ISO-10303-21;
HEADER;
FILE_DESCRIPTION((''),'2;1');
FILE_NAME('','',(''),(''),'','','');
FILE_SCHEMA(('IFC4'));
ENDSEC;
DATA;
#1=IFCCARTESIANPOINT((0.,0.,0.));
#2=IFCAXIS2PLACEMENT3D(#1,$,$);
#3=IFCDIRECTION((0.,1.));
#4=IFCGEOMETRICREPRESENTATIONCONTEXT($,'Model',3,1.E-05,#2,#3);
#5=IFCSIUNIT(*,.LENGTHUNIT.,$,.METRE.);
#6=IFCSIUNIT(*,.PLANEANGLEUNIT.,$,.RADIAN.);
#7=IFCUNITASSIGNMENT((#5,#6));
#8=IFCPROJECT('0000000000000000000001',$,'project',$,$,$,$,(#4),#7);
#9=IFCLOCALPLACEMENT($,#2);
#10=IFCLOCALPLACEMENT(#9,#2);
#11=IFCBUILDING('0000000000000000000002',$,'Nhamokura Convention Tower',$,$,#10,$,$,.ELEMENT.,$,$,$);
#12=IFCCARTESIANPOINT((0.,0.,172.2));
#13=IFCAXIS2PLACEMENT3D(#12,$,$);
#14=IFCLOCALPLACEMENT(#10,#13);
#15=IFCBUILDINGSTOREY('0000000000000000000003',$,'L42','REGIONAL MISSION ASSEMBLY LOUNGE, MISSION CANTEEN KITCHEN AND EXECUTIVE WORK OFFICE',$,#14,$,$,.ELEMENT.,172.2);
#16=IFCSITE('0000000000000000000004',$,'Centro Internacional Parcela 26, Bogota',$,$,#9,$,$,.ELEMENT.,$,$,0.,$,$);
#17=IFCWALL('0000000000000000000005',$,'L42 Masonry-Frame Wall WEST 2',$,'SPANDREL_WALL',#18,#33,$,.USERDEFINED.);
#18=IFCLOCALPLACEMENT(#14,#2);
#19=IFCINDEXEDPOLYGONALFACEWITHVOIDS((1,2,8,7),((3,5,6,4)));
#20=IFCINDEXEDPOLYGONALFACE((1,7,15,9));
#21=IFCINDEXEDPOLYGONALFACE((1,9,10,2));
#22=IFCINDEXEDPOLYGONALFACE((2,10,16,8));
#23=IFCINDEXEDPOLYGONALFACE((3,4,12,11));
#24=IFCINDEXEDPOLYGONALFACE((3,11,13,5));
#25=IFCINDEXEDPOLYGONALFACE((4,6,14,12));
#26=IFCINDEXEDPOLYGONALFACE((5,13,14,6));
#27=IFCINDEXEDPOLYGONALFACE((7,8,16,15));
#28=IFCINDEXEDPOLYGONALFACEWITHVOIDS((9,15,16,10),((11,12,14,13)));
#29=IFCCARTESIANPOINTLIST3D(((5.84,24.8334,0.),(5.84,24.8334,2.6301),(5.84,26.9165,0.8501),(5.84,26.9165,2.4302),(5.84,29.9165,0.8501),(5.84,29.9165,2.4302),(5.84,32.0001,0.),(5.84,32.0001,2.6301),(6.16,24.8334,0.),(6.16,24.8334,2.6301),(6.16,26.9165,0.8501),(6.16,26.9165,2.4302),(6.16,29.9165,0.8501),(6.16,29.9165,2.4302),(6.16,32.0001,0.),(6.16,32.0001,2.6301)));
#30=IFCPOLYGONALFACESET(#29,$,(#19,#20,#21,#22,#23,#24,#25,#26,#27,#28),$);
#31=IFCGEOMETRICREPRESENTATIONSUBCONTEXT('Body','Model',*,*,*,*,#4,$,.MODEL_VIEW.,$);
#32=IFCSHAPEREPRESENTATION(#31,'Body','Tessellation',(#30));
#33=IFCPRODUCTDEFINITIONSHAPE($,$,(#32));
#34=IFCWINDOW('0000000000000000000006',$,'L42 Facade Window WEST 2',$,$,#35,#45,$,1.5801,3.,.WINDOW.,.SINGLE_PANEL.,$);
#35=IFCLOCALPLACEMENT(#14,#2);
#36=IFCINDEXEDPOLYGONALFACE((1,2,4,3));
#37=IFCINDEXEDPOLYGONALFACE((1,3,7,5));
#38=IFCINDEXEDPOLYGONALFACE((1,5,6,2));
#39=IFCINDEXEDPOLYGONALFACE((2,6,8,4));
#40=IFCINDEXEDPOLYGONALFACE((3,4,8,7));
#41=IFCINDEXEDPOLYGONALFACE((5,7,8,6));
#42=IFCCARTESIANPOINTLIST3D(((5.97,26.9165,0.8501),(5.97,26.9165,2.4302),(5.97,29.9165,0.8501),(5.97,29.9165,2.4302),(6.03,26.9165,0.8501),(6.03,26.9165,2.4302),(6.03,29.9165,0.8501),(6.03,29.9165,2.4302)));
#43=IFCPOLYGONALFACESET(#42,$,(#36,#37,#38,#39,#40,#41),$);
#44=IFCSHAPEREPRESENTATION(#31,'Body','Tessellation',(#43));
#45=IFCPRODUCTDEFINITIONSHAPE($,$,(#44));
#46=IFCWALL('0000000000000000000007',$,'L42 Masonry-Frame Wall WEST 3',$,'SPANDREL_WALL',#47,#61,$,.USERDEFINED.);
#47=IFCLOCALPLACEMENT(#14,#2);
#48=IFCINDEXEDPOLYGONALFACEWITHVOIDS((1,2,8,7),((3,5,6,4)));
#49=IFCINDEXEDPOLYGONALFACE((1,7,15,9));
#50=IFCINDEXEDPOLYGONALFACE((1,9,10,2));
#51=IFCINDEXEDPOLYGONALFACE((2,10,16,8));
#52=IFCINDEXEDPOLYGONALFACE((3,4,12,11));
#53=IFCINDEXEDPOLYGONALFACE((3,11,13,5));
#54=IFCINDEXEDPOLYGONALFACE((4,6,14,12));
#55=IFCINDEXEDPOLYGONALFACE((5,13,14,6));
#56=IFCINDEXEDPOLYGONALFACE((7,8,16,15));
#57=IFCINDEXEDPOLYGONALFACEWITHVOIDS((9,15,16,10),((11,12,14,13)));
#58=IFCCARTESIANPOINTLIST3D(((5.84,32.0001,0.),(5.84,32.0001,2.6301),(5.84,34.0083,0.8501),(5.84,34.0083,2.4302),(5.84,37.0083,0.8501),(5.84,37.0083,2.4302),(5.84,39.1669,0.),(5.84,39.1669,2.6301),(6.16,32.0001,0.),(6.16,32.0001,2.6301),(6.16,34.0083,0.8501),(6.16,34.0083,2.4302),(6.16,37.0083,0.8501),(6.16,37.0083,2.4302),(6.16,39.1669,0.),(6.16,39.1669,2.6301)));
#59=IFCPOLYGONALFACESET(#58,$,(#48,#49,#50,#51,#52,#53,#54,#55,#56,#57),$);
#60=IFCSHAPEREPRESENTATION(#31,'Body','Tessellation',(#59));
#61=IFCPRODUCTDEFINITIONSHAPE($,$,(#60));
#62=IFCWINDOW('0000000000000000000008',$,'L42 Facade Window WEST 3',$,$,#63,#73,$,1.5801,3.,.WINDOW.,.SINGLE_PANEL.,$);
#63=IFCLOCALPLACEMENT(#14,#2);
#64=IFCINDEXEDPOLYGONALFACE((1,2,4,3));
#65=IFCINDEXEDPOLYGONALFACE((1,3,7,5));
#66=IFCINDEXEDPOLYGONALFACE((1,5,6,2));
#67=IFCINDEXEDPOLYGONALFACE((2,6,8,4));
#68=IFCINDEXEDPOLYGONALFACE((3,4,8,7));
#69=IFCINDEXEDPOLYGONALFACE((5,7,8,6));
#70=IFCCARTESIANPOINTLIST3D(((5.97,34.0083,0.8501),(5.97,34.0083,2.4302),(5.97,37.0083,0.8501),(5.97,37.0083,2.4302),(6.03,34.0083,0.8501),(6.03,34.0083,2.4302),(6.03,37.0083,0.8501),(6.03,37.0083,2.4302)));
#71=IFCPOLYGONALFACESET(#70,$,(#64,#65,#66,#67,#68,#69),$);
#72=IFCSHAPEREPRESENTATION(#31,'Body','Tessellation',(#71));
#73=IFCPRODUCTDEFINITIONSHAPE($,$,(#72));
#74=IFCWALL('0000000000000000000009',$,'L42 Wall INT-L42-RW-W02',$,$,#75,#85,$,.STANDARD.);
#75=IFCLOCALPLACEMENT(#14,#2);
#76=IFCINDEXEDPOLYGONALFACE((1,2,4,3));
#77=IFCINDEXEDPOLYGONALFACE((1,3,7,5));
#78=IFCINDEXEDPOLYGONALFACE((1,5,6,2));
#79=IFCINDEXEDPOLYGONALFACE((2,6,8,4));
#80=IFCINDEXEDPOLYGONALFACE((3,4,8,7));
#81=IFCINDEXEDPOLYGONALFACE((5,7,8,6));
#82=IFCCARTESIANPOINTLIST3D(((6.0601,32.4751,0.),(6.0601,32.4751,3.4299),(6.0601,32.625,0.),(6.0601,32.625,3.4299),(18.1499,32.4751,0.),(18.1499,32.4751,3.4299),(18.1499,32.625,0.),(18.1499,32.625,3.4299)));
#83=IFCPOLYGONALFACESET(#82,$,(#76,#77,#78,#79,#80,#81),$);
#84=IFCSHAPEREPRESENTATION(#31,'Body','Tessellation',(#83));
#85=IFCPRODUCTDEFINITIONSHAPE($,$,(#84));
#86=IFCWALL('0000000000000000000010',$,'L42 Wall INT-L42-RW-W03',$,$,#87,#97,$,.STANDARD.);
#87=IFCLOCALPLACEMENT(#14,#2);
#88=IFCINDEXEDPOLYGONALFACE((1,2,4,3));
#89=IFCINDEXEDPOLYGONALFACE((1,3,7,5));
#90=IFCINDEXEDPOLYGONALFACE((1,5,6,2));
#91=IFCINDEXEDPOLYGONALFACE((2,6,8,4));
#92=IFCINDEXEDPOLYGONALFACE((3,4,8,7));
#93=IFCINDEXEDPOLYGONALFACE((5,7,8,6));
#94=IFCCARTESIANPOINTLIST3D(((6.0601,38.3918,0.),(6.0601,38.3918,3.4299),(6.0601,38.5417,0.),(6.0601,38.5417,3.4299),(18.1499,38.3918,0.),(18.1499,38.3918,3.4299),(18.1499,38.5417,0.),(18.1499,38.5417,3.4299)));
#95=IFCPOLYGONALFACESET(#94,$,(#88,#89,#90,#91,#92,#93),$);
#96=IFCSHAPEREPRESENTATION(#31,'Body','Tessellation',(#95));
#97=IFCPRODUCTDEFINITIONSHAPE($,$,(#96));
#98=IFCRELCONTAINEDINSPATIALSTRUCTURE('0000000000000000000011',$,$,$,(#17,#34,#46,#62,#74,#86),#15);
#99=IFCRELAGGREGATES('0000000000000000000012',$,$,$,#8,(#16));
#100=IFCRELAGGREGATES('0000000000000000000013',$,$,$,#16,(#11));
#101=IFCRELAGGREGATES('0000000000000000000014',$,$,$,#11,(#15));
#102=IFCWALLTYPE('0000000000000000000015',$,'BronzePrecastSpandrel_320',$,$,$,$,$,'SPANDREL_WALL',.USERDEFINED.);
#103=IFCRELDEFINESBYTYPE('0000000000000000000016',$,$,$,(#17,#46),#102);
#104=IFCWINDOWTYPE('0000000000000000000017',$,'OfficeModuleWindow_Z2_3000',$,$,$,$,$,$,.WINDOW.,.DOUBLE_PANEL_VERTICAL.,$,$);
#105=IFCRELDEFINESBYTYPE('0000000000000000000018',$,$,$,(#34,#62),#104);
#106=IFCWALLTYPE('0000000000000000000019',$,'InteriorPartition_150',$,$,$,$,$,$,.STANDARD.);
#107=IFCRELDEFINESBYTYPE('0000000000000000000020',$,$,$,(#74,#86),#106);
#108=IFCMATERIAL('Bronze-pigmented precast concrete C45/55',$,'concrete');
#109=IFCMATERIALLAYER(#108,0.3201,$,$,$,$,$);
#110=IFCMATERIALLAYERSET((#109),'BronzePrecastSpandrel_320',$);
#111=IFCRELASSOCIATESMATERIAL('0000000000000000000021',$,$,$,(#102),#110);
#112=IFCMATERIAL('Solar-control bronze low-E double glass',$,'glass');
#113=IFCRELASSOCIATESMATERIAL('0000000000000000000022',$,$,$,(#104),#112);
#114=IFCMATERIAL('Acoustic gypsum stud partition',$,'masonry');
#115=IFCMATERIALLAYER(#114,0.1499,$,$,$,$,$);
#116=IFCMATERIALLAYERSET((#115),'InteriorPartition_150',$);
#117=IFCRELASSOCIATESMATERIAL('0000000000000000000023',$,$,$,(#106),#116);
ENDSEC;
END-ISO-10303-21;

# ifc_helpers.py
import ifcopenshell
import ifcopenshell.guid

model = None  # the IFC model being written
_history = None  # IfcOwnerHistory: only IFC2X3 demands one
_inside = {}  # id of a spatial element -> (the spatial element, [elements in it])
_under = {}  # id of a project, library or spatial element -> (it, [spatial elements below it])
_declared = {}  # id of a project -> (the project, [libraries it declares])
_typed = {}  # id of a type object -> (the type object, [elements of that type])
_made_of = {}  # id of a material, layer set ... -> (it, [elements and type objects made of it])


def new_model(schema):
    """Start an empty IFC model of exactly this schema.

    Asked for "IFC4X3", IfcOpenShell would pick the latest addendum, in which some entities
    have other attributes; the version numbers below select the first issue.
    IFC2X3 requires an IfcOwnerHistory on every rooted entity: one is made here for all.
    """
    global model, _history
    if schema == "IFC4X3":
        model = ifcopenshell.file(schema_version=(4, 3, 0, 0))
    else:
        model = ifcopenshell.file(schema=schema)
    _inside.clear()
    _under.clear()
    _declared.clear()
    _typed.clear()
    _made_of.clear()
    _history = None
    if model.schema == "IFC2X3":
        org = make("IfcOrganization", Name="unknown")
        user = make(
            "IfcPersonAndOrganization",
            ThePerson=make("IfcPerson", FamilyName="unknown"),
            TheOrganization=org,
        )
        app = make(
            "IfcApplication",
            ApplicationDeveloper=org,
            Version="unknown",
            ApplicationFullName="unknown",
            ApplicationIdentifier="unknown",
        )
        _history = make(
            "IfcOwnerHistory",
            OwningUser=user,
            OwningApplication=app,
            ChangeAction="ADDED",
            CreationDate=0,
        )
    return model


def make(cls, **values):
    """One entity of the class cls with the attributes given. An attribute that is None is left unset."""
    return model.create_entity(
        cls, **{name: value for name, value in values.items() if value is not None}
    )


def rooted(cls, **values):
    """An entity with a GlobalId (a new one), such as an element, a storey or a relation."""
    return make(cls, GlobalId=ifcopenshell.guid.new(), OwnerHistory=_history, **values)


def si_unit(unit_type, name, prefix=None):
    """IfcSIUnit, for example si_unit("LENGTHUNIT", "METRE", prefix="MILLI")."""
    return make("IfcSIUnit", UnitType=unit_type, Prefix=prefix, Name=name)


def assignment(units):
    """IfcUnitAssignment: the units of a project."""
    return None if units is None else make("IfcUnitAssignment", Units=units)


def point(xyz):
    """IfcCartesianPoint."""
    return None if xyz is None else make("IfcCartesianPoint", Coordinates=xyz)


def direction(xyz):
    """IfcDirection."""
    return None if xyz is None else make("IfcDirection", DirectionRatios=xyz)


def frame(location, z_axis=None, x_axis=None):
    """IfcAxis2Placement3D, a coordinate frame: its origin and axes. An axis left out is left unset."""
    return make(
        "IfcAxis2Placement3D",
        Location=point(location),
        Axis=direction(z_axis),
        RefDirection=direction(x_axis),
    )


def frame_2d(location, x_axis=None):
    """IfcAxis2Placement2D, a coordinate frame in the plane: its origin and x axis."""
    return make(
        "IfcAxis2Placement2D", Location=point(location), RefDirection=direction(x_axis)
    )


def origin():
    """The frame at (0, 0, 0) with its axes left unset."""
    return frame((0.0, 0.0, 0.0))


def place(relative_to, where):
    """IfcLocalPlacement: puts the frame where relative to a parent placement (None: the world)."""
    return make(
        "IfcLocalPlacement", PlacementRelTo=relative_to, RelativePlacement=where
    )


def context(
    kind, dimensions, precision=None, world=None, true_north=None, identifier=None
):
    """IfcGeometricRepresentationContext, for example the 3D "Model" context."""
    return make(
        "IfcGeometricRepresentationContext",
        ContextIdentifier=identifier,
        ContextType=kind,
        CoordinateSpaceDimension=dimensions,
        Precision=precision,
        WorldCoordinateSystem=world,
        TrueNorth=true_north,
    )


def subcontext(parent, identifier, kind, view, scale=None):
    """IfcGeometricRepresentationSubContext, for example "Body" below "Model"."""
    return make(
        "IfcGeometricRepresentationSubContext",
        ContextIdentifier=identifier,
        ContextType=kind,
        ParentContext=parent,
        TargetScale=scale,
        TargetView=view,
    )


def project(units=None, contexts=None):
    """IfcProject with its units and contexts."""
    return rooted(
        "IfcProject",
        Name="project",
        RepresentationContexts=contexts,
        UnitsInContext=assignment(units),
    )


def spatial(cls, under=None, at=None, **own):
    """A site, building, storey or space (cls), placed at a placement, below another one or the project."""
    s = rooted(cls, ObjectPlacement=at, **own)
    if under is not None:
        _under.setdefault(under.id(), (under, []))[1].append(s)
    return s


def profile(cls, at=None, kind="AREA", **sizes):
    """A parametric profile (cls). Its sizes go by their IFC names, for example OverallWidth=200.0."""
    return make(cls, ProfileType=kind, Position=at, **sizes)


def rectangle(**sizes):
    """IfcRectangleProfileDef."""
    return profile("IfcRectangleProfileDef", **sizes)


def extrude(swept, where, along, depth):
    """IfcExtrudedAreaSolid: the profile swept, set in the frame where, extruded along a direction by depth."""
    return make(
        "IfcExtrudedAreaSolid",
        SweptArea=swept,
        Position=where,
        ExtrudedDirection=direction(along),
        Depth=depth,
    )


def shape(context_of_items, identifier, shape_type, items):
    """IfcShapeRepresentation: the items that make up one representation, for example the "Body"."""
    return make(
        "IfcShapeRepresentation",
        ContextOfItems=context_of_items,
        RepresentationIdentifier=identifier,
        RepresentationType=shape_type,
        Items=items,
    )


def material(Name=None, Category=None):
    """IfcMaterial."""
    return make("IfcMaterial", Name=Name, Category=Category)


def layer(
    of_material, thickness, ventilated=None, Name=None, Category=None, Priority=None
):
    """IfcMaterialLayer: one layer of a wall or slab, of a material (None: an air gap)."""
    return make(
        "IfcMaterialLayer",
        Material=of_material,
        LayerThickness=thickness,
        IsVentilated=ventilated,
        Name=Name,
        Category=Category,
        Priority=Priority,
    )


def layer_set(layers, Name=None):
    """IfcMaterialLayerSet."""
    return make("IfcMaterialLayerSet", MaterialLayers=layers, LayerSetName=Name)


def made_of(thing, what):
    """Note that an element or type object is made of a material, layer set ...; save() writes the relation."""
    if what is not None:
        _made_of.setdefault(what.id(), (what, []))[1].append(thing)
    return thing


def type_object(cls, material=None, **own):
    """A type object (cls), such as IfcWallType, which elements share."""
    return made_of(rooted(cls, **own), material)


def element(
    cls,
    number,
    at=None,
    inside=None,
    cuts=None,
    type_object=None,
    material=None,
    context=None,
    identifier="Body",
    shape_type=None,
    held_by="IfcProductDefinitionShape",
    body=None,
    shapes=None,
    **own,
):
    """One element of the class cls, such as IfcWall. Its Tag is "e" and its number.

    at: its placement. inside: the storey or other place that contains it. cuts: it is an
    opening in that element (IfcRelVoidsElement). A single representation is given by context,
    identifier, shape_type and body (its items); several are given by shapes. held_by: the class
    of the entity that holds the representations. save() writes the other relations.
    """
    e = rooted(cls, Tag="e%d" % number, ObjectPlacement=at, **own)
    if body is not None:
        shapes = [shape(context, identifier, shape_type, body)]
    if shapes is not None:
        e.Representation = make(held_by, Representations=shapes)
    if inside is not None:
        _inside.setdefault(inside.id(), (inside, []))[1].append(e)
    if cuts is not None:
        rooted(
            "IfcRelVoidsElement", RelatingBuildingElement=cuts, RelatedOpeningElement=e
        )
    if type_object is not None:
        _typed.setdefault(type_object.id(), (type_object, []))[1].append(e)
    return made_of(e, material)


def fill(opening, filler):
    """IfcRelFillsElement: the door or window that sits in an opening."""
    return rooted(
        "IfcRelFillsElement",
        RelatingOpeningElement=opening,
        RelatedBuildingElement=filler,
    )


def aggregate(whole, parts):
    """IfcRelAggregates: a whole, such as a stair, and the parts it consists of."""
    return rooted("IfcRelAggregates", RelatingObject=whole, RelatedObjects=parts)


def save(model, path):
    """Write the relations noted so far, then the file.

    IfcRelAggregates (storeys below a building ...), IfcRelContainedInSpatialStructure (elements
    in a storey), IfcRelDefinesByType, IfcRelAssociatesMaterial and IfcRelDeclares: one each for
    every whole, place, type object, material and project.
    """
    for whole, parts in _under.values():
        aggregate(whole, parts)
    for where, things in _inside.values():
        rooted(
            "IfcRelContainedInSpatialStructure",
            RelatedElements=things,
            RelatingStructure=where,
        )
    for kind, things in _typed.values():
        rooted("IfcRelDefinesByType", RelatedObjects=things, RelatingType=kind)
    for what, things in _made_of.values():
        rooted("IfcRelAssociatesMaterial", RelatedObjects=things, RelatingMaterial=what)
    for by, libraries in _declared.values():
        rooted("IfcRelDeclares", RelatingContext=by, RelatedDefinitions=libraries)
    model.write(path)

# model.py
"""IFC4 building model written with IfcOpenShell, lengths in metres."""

from ifc_helpers import new_model, si_unit, direction, frame, frame_2d, origin, place, context, subcontext, project, spatial, rectangle, extrude, material, layer, layer_set, type_object, element, fill, save


model = new_model("IFC4")

# Units and contexts
model_context = context("Model", 3, precision=1e-05, world=origin(), true_north=direction((0.0, 1.0)))
body_context = subcontext(model_context, "Body", "Model", "MODEL_VIEW")
ifc_project = project(units=[si_unit("LENGTHUNIT", "METRE"), si_unit("PLANEANGLEUNIT", "RADIAN")], contexts=[model_context])

# Site, building, storey
site_placement = place(None, origin())
site = spatial("IfcSite", under=ifc_project, at=site_placement, Name="Centro Internacional Parcela 26, Bogota", CompositionType="ELEMENT", RefElevation=0.0)
building_placement = place(site_placement, origin())
building = spatial("IfcBuilding", under=site, at=building_placement, Name="Nhamokura Convention Tower", CompositionType="ELEMENT")
storey_placement = place(building_placement, frame((0.0, 0.0, 172.2)))
storey = spatial("IfcBuildingStorey", under=building, at=storey_placement, Name="L42", Description="REGIONAL MISSION ASSEMBLY LOUNGE, MISSION CANTEEN KITCHEN AND EXECUTIVE WORK OFFICE", CompositionType="ELEMENT", Elevation=172.2)

# Shared definitions
ifc_material_1 = material(Name="Bronze-pigmented precast concrete C45/55", Category="concrete")
ifc_layer_1 = layer(ifc_material_1, 0.3201)
ifc_layer_set_1 = layer_set([ifc_layer_1], Name="BronzePrecastSpandrel_320")
wall_type_1 = type_object("IfcWallType", Name="BronzePrecastSpandrel_320", ElementType="SPANDREL_WALL", PredefinedType="USERDEFINED", material=ifc_layer_set_1)

# Walls, openings, windows
wall_1_placement = place(storey_placement, frame((6.0, 24.8333, 0.0), z_axis=(0.0, 0.0, 1.0), x_axis=(0.0, 1.0, 0.0)))
wall_1 = element("IfcWall", 1, at=wall_1_placement, inside=storey, type_object=wall_type_1, Name="L42 Masonry-Frame Wall WEST 2", ObjectType="SPANDREL_WALL", PredefinedType="USERDEFINED", context=body_context, shape_type="SweptSolid", body=[
    extrude(rectangle(XDim=7.1667, YDim=0.3201, at=frame_2d((3.5835, 0.0))), origin(), (0.0, 0.0, 1.0), 2.6301),
])
opening_1_placement = place(wall_1_placement, frame((2.0833, 0.0, 0.8501)))
opening_1 = element("IfcOpeningElement", 2, at=opening_1_placement, cuts=wall_1, PredefinedType="OPENING", context=body_context, shape_type="SweptSolid", body=[
    extrude(rectangle(XDim=3.0, YDim=1.5801, at=frame_2d((1.5, 0.79))), frame((0.0, 0.1699, 0.0), z_axis=(0.0, -1.0, 0.0), x_axis=(1.0, 0.0, 0.0)), (0.0, 0.0, 1.0), 0.3401),
])
ifc_material_2 = material(Name="Solar-control bronze low-E double glass", Category="glass")
window_type = type_object("IfcWindowType", Name="OfficeModuleWindow_Z2_3000", PartitioningType="DOUBLE_PANEL_VERTICAL", PredefinedType="WINDOW", material=ifc_material_2)
window_1_placement = place(opening_1_placement, origin())
window_1 = element("IfcWindow", 3, at=window_1_placement, inside=storey, type_object=window_type, Name="L42 Facade Window WEST 2", OverallHeight=1.5801, OverallWidth=3.0, PartitioningType="SINGLE_PANEL", PredefinedType="WINDOW", context=body_context, shape_type="SweptSolid", body=[
    extrude(rectangle(XDim=3.0, YDim=1.5801, at=frame_2d((1.5, 0.79))), frame((0.0, 0.03, 0.0), z_axis=(0.0, -1.0, 0.0), x_axis=(1.0, 0.0, 0.0)), (0.0, 0.0, 1.0), 0.0601),
])
fill(opening_1, window_1)
wall_2_placement = place(storey_placement, frame((6.0, 32.0, 0.0), z_axis=(0.0, 0.0, 1.0), x_axis=(0.0, 1.0, 0.0)))
wall_2 = element("IfcWall", 4, at=wall_2_placement, inside=storey, type_object=wall_type_1, Name="L42 Masonry-Frame Wall WEST 3", ObjectType="SPANDREL_WALL", PredefinedType="USERDEFINED", context=body_context, shape_type="SweptSolid", body=[
    extrude(rectangle(XDim=7.1667, YDim=0.3201, at=frame_2d((3.5835, 0.0))), origin(), (0.0, 0.0, 1.0), 2.6301),
])
opening_2_placement = place(wall_2_placement, frame((2.0083, 0.0, 0.8501)))
opening_2 = element("IfcOpeningElement", 5, at=opening_2_placement, cuts=wall_2, PredefinedType="OPENING", context=body_context, shape_type="SweptSolid", body=[
    extrude(rectangle(XDim=3.0, YDim=1.5801, at=frame_2d((1.5, 0.79))), frame((0.0, 0.1699, 0.0), z_axis=(0.0, -1.0, 0.0), x_axis=(1.0, 0.0, 0.0)), (0.0, 0.0, 1.0), 0.3401),
])
window_2_placement = place(opening_2_placement, origin())
window_2 = element("IfcWindow", 6, at=window_2_placement, inside=storey, type_object=window_type, Name="L42 Facade Window WEST 3", OverallHeight=1.5801, OverallWidth=3.0, PartitioningType="SINGLE_PANEL", PredefinedType="WINDOW", context=body_context, shape_type="SweptSolid", body=[
    extrude(rectangle(XDim=3.0, YDim=1.5801, at=frame_2d((1.5, 0.79))), frame((0.0, 0.03, 0.0), z_axis=(0.0, -1.0, 0.0), x_axis=(1.0, 0.0, 0.0)), (0.0, 0.0, 1.0), 0.0601),
])
fill(opening_2, window_2)

# Walls
ifc_material_3 = material(Name="Acoustic gypsum stud partition", Category="masonry")
ifc_layer_2 = layer(ifc_material_3, 0.1499)
ifc_layer_set_2 = layer_set([ifc_layer_2], Name="InteriorPartition_150")
wall_type_2 = type_object("IfcWallType", Name="InteriorPartition_150", PredefinedType="STANDARD", material=ifc_layer_set_2)
for number, where, z_axis, x_axis, name in (
    (7, (6.0601, 32.55, 0.0), (0.0, 0.0, 1.0), (1.0, 0.0, 0.0), "L42 Wall INT-L42-RW-W02"),
    (8, (6.0601, 38.4668, 0.0), (0.0, 0.0, 1.0), (1.0, 0.0, 0.0), "L42 Wall INT-L42-RW-W03"),
):
    element("IfcWall", number, at=place(storey_placement, frame(where, z_axis=z_axis, x_axis=x_axis)), inside=storey, type_object=wall_type_2, Name=name, PredefinedType="STANDARD", context=body_context, shape_type="SweptSolid", body=[
        extrude(rectangle(XDim=12.0898, YDim=0.1499, at=frame_2d((6.0449, 0.0))), origin(), (0.0, 0.0, 1.0), 3.4299),
    ])

save(model, "model.ifc")
